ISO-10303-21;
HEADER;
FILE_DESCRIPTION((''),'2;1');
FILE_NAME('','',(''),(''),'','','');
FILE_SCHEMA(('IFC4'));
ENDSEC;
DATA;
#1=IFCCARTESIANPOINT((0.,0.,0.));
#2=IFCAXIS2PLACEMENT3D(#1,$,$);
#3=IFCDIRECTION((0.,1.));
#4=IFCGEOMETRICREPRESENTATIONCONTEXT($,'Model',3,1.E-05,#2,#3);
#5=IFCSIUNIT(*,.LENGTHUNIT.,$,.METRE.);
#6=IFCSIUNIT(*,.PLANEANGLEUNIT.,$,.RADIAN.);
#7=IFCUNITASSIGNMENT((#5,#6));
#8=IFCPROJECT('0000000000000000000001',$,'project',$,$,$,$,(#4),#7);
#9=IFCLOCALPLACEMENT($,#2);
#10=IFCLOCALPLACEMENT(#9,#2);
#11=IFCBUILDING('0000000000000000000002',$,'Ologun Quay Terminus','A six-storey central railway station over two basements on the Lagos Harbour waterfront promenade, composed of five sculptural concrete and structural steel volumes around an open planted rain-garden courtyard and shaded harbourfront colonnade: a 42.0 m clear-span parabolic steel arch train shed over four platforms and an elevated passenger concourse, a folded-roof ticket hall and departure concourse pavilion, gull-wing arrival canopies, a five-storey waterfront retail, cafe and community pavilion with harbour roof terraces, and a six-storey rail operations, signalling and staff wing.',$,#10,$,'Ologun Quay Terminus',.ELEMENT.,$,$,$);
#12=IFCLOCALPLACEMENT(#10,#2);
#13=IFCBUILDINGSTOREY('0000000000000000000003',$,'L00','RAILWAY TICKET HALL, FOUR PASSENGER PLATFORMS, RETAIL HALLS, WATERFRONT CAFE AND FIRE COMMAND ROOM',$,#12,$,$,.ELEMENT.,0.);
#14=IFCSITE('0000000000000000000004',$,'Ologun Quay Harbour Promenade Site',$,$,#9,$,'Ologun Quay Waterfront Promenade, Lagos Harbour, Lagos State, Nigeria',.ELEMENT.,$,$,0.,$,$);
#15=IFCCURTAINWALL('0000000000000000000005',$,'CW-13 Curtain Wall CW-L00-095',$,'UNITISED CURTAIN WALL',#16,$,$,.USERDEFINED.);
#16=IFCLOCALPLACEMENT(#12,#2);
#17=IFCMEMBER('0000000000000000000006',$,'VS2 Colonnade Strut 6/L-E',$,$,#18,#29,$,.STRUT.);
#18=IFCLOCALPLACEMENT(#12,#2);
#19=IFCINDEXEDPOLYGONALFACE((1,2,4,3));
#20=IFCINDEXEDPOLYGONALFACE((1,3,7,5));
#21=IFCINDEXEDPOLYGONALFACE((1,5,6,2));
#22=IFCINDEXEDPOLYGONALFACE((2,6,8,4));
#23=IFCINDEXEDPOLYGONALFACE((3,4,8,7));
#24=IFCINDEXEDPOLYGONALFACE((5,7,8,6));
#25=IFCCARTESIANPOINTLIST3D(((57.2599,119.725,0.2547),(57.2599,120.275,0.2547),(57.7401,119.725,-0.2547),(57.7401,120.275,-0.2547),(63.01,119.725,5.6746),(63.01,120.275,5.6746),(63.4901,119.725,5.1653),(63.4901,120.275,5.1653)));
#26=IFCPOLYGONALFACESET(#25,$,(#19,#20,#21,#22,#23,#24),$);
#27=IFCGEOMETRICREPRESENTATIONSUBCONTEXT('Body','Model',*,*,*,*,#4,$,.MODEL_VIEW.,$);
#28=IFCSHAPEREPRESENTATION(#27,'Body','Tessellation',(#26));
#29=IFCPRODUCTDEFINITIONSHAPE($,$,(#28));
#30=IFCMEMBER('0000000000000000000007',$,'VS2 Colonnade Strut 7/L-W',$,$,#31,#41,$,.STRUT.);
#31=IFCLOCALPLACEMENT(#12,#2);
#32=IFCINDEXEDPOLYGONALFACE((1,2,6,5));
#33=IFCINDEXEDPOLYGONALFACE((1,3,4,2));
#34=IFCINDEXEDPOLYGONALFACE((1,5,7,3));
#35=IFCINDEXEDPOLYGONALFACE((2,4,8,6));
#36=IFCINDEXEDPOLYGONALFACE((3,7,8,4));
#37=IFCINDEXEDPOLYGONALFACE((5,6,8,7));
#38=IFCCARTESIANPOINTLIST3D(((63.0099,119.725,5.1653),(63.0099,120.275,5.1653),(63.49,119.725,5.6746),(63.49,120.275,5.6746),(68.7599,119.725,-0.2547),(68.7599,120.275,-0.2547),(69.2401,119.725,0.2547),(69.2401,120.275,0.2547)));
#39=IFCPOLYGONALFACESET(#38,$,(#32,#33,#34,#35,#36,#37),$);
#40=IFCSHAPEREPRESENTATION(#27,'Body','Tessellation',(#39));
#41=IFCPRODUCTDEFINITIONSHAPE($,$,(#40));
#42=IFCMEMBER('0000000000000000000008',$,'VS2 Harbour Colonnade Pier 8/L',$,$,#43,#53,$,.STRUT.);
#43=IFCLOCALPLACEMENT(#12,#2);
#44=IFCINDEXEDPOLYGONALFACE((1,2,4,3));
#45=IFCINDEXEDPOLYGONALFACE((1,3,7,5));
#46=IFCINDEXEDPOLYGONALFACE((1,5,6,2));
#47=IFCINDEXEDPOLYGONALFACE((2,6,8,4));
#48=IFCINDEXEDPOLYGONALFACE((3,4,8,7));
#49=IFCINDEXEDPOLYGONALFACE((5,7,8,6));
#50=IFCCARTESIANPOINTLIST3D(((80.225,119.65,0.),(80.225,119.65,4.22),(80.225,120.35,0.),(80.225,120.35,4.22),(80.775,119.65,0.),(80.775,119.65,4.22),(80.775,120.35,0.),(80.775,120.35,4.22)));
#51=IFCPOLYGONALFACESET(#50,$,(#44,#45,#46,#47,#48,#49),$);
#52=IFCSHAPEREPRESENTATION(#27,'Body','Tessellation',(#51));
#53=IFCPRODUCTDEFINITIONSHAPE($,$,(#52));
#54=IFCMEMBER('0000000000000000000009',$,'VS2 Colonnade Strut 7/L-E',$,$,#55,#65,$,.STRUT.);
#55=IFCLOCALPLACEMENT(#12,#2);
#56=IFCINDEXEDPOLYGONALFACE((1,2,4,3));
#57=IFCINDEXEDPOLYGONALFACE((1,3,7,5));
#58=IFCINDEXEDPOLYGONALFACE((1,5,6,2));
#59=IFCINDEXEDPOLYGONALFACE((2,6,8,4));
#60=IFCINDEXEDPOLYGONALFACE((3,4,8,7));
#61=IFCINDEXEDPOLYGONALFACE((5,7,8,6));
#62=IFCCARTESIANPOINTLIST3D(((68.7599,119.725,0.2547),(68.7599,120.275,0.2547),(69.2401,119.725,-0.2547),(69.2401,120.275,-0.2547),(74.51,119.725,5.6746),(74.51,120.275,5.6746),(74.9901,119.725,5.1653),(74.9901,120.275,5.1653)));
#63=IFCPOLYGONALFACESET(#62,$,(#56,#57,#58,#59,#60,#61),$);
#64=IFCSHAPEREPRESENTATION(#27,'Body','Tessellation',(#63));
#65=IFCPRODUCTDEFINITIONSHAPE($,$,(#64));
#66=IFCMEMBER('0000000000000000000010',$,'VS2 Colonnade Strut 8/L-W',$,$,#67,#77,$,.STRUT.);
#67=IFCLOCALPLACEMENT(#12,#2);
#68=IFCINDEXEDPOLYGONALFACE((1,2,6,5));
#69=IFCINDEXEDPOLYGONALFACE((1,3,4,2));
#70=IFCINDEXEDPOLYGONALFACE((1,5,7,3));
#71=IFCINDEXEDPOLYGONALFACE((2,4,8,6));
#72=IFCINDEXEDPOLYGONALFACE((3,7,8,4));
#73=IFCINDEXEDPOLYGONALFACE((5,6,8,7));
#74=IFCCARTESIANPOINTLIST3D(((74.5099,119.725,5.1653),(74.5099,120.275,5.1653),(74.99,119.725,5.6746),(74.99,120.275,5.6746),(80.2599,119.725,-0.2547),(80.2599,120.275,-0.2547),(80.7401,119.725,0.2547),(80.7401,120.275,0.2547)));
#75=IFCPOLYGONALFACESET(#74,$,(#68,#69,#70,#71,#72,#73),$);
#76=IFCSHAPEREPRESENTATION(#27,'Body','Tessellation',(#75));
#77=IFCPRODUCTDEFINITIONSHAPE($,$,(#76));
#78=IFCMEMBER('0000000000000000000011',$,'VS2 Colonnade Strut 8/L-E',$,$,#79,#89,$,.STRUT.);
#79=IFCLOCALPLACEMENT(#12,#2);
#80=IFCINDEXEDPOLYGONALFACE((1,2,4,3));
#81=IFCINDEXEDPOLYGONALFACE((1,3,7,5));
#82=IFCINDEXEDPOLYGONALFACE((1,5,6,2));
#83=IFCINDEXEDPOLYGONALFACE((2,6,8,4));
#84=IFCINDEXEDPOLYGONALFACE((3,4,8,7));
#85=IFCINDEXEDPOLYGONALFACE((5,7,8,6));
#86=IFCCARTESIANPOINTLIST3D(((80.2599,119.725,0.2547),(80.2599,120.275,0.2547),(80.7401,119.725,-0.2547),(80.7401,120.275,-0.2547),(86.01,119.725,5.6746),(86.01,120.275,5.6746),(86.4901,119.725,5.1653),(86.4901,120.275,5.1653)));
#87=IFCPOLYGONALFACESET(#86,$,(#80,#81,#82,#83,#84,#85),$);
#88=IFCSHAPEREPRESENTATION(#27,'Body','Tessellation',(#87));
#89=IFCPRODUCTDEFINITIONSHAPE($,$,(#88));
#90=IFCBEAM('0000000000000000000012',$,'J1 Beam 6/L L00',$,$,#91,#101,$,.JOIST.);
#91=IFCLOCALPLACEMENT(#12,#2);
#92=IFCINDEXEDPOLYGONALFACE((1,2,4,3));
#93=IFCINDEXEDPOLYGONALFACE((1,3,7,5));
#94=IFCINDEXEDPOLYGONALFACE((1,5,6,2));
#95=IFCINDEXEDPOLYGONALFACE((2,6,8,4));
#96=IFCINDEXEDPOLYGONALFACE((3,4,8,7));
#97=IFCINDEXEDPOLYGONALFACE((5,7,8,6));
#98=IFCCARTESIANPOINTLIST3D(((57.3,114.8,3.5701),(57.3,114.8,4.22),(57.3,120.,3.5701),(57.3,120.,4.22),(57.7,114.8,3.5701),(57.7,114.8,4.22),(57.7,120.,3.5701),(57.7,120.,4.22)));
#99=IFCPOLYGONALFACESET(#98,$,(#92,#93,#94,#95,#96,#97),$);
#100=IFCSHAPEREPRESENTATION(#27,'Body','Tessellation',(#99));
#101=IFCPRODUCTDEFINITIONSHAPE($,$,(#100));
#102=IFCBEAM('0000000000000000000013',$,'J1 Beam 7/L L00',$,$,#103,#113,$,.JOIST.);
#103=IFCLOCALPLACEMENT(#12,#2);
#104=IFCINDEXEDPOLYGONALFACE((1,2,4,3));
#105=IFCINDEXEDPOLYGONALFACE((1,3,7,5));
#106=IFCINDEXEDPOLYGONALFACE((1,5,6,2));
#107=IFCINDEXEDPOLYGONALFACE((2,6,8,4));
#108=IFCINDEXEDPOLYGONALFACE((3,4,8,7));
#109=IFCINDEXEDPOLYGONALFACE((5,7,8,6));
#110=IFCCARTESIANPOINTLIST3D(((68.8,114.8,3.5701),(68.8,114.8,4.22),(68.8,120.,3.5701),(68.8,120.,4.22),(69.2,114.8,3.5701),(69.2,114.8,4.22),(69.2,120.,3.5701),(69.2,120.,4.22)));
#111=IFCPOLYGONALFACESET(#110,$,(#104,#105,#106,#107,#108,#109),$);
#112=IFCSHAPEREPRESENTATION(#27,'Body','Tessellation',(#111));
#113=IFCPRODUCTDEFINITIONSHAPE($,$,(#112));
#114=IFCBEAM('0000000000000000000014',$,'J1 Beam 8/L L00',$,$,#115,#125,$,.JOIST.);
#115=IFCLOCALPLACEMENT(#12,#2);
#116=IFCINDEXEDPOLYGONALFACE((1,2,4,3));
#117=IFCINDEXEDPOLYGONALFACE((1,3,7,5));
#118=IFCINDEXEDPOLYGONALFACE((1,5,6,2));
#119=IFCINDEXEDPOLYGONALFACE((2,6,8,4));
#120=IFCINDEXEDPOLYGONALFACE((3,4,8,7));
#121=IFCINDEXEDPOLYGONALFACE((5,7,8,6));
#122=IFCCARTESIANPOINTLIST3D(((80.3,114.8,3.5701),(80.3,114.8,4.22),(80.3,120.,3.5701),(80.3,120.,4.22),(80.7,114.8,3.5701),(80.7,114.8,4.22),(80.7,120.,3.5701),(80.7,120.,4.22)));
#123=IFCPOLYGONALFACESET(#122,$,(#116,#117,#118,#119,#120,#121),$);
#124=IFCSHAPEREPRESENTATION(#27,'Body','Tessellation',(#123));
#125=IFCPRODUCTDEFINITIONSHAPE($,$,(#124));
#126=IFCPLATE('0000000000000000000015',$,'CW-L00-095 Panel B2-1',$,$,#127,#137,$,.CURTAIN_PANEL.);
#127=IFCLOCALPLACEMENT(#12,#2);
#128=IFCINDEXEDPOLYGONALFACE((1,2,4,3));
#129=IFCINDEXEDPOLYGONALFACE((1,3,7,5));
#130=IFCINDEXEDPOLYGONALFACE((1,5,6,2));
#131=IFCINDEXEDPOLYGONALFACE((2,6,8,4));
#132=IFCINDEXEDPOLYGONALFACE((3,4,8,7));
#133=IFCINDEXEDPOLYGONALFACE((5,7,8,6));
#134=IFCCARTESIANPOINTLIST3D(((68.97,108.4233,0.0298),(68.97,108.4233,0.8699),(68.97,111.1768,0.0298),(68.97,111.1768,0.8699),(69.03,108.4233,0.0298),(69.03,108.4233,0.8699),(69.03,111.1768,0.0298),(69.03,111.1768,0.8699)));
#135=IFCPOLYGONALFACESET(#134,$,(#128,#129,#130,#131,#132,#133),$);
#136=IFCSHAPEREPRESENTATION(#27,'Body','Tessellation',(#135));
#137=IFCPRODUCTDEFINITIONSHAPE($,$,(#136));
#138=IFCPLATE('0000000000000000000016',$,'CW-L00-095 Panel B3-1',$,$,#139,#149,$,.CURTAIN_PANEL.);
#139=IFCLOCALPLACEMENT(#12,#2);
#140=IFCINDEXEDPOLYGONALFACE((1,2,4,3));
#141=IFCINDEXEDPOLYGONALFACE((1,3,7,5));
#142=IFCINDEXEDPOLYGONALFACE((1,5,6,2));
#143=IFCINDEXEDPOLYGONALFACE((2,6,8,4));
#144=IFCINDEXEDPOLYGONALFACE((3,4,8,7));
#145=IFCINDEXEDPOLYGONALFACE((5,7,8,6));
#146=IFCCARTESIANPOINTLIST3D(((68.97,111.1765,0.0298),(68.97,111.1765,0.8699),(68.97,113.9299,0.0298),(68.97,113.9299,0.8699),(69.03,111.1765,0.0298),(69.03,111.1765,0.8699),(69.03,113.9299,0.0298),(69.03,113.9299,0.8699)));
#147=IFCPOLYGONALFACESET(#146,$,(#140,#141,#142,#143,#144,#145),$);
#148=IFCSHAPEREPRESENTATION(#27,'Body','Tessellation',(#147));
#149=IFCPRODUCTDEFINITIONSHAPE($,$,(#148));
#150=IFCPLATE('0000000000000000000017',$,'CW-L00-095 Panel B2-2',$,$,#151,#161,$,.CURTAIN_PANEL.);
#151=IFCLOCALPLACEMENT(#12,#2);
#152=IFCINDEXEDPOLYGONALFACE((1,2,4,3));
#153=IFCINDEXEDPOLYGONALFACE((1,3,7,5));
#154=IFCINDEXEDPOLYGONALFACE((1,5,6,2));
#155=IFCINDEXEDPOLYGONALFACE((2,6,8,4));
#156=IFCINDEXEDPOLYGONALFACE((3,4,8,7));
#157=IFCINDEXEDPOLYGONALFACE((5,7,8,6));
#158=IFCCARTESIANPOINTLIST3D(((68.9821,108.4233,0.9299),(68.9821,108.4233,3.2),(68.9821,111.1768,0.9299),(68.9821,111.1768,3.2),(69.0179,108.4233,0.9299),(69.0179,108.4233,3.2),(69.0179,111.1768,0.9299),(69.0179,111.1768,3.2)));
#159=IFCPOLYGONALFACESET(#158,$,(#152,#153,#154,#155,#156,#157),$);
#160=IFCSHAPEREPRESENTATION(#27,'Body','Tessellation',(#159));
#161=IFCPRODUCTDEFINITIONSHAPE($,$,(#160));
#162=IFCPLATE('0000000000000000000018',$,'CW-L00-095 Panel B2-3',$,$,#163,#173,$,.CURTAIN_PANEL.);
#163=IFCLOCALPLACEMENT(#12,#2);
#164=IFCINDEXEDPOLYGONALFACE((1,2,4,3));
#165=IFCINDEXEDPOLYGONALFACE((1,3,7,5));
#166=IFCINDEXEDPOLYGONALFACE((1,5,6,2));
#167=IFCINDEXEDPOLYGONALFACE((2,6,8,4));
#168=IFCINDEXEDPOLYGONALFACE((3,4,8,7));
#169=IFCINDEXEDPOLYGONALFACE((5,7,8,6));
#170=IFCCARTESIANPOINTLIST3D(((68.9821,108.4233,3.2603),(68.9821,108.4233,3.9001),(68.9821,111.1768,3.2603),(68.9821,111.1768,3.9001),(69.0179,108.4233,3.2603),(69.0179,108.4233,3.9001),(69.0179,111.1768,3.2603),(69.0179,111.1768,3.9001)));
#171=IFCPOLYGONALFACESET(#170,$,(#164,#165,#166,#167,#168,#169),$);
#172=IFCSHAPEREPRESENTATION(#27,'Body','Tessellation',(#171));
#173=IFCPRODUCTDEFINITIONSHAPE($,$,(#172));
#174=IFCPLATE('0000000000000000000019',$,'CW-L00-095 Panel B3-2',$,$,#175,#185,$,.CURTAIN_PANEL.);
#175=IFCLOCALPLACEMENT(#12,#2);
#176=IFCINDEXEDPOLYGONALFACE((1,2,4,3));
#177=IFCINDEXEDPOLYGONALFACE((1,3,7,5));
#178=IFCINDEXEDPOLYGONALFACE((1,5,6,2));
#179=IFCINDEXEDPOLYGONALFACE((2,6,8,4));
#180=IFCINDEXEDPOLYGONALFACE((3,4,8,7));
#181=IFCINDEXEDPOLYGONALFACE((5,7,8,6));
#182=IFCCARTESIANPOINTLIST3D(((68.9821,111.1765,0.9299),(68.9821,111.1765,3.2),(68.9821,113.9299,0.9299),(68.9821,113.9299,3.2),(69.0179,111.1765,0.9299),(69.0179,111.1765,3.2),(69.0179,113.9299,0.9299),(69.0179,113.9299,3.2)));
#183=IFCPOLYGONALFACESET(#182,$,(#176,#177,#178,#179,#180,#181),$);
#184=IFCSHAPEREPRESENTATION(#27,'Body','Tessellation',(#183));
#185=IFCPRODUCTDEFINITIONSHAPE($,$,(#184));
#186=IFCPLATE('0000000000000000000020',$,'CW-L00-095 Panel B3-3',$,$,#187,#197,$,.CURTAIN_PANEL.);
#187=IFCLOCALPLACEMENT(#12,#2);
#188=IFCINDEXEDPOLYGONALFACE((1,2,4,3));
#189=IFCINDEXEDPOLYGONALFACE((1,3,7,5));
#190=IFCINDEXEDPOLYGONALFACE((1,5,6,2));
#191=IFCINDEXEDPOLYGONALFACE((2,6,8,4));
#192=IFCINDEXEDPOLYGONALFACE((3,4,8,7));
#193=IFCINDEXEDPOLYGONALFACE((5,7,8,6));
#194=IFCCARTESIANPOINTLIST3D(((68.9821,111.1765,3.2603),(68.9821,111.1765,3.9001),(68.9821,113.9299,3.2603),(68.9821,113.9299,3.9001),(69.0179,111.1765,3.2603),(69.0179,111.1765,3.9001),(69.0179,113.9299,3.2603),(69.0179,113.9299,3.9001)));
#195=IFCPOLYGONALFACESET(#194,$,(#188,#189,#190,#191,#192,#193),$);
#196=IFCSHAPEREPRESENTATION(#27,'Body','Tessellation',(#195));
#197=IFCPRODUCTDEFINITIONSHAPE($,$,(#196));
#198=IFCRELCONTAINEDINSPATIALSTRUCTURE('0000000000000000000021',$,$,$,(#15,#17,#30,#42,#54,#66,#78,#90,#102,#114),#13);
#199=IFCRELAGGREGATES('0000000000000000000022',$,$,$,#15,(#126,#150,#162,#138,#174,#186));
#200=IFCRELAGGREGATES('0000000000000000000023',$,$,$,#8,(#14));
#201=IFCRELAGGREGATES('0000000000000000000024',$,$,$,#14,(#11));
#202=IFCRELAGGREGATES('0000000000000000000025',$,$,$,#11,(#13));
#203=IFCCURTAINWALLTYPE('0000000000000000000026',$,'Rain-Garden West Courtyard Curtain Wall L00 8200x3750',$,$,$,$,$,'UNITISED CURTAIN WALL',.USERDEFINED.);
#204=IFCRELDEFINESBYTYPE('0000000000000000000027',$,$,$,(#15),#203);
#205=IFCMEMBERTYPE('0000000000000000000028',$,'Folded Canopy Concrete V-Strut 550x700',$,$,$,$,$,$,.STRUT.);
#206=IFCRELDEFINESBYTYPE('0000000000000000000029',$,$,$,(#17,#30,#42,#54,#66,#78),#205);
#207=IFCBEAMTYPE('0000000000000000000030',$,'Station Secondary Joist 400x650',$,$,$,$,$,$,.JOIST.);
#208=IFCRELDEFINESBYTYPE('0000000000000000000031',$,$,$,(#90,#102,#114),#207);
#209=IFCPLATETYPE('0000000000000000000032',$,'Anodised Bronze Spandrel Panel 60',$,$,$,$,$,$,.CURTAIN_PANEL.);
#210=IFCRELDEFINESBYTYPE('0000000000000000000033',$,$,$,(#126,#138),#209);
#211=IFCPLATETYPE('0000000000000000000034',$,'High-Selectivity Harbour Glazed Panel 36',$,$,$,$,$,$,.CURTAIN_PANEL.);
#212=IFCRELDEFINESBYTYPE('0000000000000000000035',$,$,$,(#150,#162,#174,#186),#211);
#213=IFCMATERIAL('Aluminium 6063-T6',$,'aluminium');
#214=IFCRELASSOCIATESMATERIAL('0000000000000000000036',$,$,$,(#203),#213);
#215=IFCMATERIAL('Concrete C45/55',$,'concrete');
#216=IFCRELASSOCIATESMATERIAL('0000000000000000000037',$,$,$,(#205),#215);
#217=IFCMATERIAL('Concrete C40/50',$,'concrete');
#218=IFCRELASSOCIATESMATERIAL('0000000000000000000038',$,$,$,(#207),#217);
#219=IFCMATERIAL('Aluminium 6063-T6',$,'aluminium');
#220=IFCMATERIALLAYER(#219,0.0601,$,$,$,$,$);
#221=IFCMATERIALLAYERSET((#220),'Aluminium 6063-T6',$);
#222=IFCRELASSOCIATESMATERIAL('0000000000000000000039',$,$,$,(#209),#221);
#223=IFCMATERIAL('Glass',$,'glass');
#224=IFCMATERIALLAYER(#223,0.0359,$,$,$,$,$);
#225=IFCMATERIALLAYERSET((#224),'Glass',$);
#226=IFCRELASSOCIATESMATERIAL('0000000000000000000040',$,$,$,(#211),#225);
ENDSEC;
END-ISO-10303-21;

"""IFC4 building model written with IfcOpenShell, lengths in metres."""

from ifc_helpers import new_model, si_unit, direction, frame, origin, origin_2d, place, context, subcontext, project, spatial, rectangle, extrude, material, layer, layer_set, material_profile, profile_set, type_object, element, aggregate, save


model = new_model("IFC4")

# Units and contexts
model_context = context("Model", 3, precision=1e-05, world=origin(), true_north=direction((0.0, 1.0)))
body_context = subcontext(model_context, "Body", "Model", "MODEL_VIEW")
ifc_project = project(units=[si_unit("LENGTHUNIT", "METRE"), si_unit("PLANEANGLEUNIT", "RADIAN")], contexts=[model_context])

# Site, building, storey
site_placement = place(None, origin())
site = spatial("IfcSite", under=ifc_project, at=site_placement, Name="Ologun Quay Harbour Promenade Site", LongName="Ologun Quay Waterfront Promenade, Lagos Harbour, Lagos State, Nigeria", CompositionType="ELEMENT", RefElevation=0.0)
building_placement = place(site_placement, origin())
building = spatial("IfcBuilding", under=site, at=building_placement, Name="Ologun Quay Terminus", Description="A six-storey central railway station over two basements on the Lagos Harbour waterfront promenade, composed of five sculptural concrete and structural steel volumes around an open planted rain-garden courtyard and shaded harbourfront colonnade: a 42.0 m clear-span parabolic steel arch train shed over four platforms and an elevated passenger concourse, a folded-roof ticket hall and departure concourse pavilion, gull-wing arrival canopies, a five-storey waterfront retail, cafe and community pavilion with harbour roof terraces, and a six-storey rail operations, signalling and staff wing.", LongName="Ologun Quay Terminus", CompositionType="ELEMENT")
storey_placement = place(building_placement, origin())
storey = spatial("IfcBuildingStorey", under=building, at=storey_placement, Name="L00", Description="RAILWAY TICKET HALL, FOUR PASSENGER PLATFORMS, RETAIL HALLS, WATERFRONT CAFE AND FIRE COMMAND ROOM", CompositionType="ELEMENT", Elevation=0.0)

# Curtain wall
ifc_material_1 = material(Name="Aluminium 6063-T6", Category="aluminium")
curtain_wall_type = type_object("IfcCurtainWallType", Name="Rain-Garden West Courtyard Curtain Wall L00 8200x3750", ElementType="UNITISED CURTAIN WALL", PredefinedType="USERDEFINED", material=ifc_material_1)
curtain_wall_placement = place(storey_placement, origin())
curtain_wall = element("IfcCurtainWall", 1, at=curtain_wall_placement, inside=storey, type_object=curtain_wall_type, Name="CW-13 Curtain Wall CW-L00-095", ObjectType="UNITISED CURTAIN WALL", PredefinedType="USERDEFINED")

# Members
ifc_material_2 = material(Name="Concrete C45/55", Category="concrete")
ifc_material_profile_1 = material_profile(ifc_material_2, rectangle(XDim=0.55, YDim=0.7, at=origin_2d()), Name="RC 550x700")
ifc_profile_set_1 = profile_set([ifc_material_profile_1], Name="Concrete C45/55")
member_type_1 = type_object("IfcMemberType", Name="Folded Canopy Concrete V-Strut 550x700", PredefinedType="STRUT", material=ifc_profile_set_1)
for number, where, z_axis, x_axis, name in (
    (2, (57.5, 120.0, 0.0), (0.727685, 0.0, 0.685912), (0.0, 1.0, 0.0), "VS2 Colonnade Strut 6/L-E"),
    (3, (69.0, 120.0, 0.0), (-0.727685, 0.0, 0.685912), (0.0, -1.0, 0.0), "VS2 Colonnade Strut 7/L-W"),
):
    element("IfcMember", number, at=place(storey_placement, frame(where, z_axis=z_axis, x_axis=x_axis)), inside=storey, type_object=member_type_1, Name=name, PredefinedType="STRUT", context=body_context, shape_type="SweptSolid", body=[
        extrude(rectangle(XDim=0.55, YDim=0.7, at=origin_2d()), origin(), (0.0, 0.0, 1.0), 7.9019),
    ])
member_1_placement = place(storey_placement, frame((80.5, 120.0, 0.0), z_axis=(0.0, 0.0, 1.0), x_axis=(1.0, 0.0, 0.0)))
element("IfcMember", 4, at=member_1_placement, inside=storey, type_object=member_type_1, Name="VS2 Harbour Colonnade Pier 8/L", PredefinedType="STRUT", context=body_context, shape_type="SweptSolid", body=[
    extrude(rectangle(XDim=0.55, YDim=0.7, at=origin_2d()), origin(), (0.0, 0.0, 1.0), 4.22),
])
for number, where, z_axis, x_axis, name in (
    (5, (69.0, 120.0, 0.0), (0.727685, 0.0, 0.685912), (0.0, 1.0, 0.0), "VS2 Colonnade Strut 7/L-E"),
    (6, (80.5, 120.0, 0.0), (-0.727685, 0.0, 0.685912), (0.0, -1.0, 0.0), "VS2 Colonnade Strut 8/L-W"),
    (7, (80.5, 120.0, 0.0), (0.727685, 0.0, 0.685912), (0.0, 1.0, 0.0), "VS2 Colonnade Strut 8/L-E"),
):
    element("IfcMember", number, at=place(storey_placement, frame(where, z_axis=z_axis, x_axis=x_axis)), inside=storey, type_object=member_type_1, Name=name, PredefinedType="STRUT", context=body_context, shape_type="SweptSolid", body=[
        extrude(rectangle(XDim=0.55, YDim=0.7, at=origin_2d()), origin(), (0.0, 0.0, 1.0), 7.9019),
    ])

# Beams
ifc_material_3 = material(Name="Concrete C40/50", Category="concrete")
ifc_material_profile_2 = material_profile(ifc_material_3, rectangle(XDim=0.3999, YDim=0.6499, at=origin_2d()), Name="RC 400x650")
ifc_profile_set_2 = profile_set([ifc_material_profile_2], Name="Concrete C40/50")
beam_type = type_object("IfcBeamType", Name="Station Secondary Joist 400x650", PredefinedType="JOIST", material=ifc_profile_set_2)
for number, where, z_axis, x_axis, name in (
    (8, (57.5, 114.8, 3.895), (0.0, 1.0, 0.0), (-1.0, 0.0, 0.0), "J1 Beam 6/L L00"),
    (9, (69.0, 114.8, 3.895), (0.0, 1.0, 0.0), (-1.0, 0.0, 0.0), "J1 Beam 7/L L00"),
    (10, (80.5, 114.8, 3.895), (0.0, 1.0, 0.0), (-1.0, 0.0, 0.0), "J1 Beam 8/L L00"),
):
    element("IfcBeam", number, at=place(storey_placement, frame(where, z_axis=z_axis, x_axis=x_axis)), inside=storey, type_object=beam_type, Name=name, PredefinedType="JOIST", context=body_context, shape_type="SweptSolid", body=[
        extrude(rectangle(XDim=0.3999, YDim=0.6499, at=origin_2d()), origin(), (0.0, 0.0, 1.0), 5.2),
    ])

# Plates
ifc_material_4 = material(Name="Aluminium 6063-T6", Category="aluminium")
ifc_layer_1 = layer(ifc_material_4, 0.0601)
ifc_layer_set_1 = layer_set([ifc_layer_1], Name="Aluminium 6063-T6")
plate_type_1 = type_object("IfcPlateType", Name="Anodised Bronze Spandrel Panel 60", PredefinedType="CURTAIN_PANEL", material=ifc_layer_set_1)
plate_1_placement = place(storey_placement, frame((69.0, 109.8, 0.0298), z_axis=(0.0, 0.0, 1.0), x_axis=(0.0, 1.0, 0.0)))
plate_1 = element("IfcPlate", 11, at=plate_1_placement, type_object=plate_type_1, Name="CW-L00-095 Panel B2-1", PredefinedType="CURTAIN_PANEL", context=body_context, shape_type="SweptSolid", body=[
    extrude(rectangle(XDim=2.7534, YDim=0.0601, at=origin_2d()), origin(), (0.0, 0.0, 1.0), 0.8401),
])
plate_2_placement = place(storey_placement, frame((69.0, 112.5532, 0.0298), z_axis=(0.0, 0.0, 1.0), x_axis=(0.0, 1.0, 0.0)))
plate_2 = element("IfcPlate", 12, at=plate_2_placement, type_object=plate_type_1, Name="CW-L00-095 Panel B3-1", PredefinedType="CURTAIN_PANEL", context=body_context, shape_type="SweptSolid", body=[
    extrude(rectangle(XDim=2.7534, YDim=0.0601, at=origin_2d()), origin(), (0.0, 0.0, 1.0), 0.8401),
])
ifc_material_5 = material(Name="Glass", Category="glass")
ifc_layer_2 = layer(ifc_material_5, 0.0359)
ifc_layer_set_2 = layer_set([ifc_layer_2], Name="Glass")
plate_type_2 = type_object("IfcPlateType", Name="High-Selectivity Harbour Glazed Panel 36", PredefinedType="CURTAIN_PANEL", material=ifc_layer_set_2)
plate_3_placement = place(storey_placement, frame((69.0, 109.8, 0.9299), z_axis=(0.0, 0.0, 1.0), x_axis=(0.0, 1.0, 0.0)))
plate_3 = element("IfcPlate", 13, at=plate_3_placement, type_object=plate_type_2, Name="CW-L00-095 Panel B2-2", PredefinedType="CURTAIN_PANEL", context=body_context, shape_type="SweptSolid", body=[
    extrude(rectangle(XDim=2.7534, YDim=0.0359, at=origin_2d()), origin(), (0.0, 0.0, 1.0), 2.27),
])
plate_4_placement = place(storey_placement, frame((69.0, 109.8, 3.2603), z_axis=(0.0, 0.0, 1.0), x_axis=(0.0, 1.0, 0.0)))
plate_4 = element("IfcPlate", 14, at=plate_4_placement, type_object=plate_type_2, Name="CW-L00-095 Panel B2-3", PredefinedType="CURTAIN_PANEL", context=body_context, shape_type="SweptSolid", body=[
    extrude(rectangle(XDim=2.7534, YDim=0.0359, at=origin_2d()), origin(), (0.0, 0.0, 1.0), 0.6399),
])
plate_5_placement = place(storey_placement, frame((69.0, 112.5532, 0.9299), z_axis=(0.0, 0.0, 1.0), x_axis=(0.0, 1.0, 0.0)))
plate_5 = element("IfcPlate", 15, at=plate_5_placement, type_object=plate_type_2, Name="CW-L00-095 Panel B3-2", PredefinedType="CURTAIN_PANEL", context=body_context, shape_type="SweptSolid", body=[
    extrude(rectangle(XDim=2.7534, YDim=0.0359, at=origin_2d()), origin(), (0.0, 0.0, 1.0), 2.27),
])
plate_6_placement = place(storey_placement, frame((69.0, 112.5532, 3.2603), z_axis=(0.0, 0.0, 1.0), x_axis=(0.0, 1.0, 0.0)))
plate_6 = element("IfcPlate", 16, at=plate_6_placement, type_object=plate_type_2, Name="CW-L00-095 Panel B3-3", PredefinedType="CURTAIN_PANEL", context=body_context, shape_type="SweptSolid", body=[
    extrude(rectangle(XDim=2.7534, YDim=0.0359, at=origin_2d()), origin(), (0.0, 0.0, 1.0), 0.6399),
])
aggregate(curtain_wall, [plate_1, plate_3, plate_4, plate_2, plate_5, plate_6])

save(model, "model.ifc")
